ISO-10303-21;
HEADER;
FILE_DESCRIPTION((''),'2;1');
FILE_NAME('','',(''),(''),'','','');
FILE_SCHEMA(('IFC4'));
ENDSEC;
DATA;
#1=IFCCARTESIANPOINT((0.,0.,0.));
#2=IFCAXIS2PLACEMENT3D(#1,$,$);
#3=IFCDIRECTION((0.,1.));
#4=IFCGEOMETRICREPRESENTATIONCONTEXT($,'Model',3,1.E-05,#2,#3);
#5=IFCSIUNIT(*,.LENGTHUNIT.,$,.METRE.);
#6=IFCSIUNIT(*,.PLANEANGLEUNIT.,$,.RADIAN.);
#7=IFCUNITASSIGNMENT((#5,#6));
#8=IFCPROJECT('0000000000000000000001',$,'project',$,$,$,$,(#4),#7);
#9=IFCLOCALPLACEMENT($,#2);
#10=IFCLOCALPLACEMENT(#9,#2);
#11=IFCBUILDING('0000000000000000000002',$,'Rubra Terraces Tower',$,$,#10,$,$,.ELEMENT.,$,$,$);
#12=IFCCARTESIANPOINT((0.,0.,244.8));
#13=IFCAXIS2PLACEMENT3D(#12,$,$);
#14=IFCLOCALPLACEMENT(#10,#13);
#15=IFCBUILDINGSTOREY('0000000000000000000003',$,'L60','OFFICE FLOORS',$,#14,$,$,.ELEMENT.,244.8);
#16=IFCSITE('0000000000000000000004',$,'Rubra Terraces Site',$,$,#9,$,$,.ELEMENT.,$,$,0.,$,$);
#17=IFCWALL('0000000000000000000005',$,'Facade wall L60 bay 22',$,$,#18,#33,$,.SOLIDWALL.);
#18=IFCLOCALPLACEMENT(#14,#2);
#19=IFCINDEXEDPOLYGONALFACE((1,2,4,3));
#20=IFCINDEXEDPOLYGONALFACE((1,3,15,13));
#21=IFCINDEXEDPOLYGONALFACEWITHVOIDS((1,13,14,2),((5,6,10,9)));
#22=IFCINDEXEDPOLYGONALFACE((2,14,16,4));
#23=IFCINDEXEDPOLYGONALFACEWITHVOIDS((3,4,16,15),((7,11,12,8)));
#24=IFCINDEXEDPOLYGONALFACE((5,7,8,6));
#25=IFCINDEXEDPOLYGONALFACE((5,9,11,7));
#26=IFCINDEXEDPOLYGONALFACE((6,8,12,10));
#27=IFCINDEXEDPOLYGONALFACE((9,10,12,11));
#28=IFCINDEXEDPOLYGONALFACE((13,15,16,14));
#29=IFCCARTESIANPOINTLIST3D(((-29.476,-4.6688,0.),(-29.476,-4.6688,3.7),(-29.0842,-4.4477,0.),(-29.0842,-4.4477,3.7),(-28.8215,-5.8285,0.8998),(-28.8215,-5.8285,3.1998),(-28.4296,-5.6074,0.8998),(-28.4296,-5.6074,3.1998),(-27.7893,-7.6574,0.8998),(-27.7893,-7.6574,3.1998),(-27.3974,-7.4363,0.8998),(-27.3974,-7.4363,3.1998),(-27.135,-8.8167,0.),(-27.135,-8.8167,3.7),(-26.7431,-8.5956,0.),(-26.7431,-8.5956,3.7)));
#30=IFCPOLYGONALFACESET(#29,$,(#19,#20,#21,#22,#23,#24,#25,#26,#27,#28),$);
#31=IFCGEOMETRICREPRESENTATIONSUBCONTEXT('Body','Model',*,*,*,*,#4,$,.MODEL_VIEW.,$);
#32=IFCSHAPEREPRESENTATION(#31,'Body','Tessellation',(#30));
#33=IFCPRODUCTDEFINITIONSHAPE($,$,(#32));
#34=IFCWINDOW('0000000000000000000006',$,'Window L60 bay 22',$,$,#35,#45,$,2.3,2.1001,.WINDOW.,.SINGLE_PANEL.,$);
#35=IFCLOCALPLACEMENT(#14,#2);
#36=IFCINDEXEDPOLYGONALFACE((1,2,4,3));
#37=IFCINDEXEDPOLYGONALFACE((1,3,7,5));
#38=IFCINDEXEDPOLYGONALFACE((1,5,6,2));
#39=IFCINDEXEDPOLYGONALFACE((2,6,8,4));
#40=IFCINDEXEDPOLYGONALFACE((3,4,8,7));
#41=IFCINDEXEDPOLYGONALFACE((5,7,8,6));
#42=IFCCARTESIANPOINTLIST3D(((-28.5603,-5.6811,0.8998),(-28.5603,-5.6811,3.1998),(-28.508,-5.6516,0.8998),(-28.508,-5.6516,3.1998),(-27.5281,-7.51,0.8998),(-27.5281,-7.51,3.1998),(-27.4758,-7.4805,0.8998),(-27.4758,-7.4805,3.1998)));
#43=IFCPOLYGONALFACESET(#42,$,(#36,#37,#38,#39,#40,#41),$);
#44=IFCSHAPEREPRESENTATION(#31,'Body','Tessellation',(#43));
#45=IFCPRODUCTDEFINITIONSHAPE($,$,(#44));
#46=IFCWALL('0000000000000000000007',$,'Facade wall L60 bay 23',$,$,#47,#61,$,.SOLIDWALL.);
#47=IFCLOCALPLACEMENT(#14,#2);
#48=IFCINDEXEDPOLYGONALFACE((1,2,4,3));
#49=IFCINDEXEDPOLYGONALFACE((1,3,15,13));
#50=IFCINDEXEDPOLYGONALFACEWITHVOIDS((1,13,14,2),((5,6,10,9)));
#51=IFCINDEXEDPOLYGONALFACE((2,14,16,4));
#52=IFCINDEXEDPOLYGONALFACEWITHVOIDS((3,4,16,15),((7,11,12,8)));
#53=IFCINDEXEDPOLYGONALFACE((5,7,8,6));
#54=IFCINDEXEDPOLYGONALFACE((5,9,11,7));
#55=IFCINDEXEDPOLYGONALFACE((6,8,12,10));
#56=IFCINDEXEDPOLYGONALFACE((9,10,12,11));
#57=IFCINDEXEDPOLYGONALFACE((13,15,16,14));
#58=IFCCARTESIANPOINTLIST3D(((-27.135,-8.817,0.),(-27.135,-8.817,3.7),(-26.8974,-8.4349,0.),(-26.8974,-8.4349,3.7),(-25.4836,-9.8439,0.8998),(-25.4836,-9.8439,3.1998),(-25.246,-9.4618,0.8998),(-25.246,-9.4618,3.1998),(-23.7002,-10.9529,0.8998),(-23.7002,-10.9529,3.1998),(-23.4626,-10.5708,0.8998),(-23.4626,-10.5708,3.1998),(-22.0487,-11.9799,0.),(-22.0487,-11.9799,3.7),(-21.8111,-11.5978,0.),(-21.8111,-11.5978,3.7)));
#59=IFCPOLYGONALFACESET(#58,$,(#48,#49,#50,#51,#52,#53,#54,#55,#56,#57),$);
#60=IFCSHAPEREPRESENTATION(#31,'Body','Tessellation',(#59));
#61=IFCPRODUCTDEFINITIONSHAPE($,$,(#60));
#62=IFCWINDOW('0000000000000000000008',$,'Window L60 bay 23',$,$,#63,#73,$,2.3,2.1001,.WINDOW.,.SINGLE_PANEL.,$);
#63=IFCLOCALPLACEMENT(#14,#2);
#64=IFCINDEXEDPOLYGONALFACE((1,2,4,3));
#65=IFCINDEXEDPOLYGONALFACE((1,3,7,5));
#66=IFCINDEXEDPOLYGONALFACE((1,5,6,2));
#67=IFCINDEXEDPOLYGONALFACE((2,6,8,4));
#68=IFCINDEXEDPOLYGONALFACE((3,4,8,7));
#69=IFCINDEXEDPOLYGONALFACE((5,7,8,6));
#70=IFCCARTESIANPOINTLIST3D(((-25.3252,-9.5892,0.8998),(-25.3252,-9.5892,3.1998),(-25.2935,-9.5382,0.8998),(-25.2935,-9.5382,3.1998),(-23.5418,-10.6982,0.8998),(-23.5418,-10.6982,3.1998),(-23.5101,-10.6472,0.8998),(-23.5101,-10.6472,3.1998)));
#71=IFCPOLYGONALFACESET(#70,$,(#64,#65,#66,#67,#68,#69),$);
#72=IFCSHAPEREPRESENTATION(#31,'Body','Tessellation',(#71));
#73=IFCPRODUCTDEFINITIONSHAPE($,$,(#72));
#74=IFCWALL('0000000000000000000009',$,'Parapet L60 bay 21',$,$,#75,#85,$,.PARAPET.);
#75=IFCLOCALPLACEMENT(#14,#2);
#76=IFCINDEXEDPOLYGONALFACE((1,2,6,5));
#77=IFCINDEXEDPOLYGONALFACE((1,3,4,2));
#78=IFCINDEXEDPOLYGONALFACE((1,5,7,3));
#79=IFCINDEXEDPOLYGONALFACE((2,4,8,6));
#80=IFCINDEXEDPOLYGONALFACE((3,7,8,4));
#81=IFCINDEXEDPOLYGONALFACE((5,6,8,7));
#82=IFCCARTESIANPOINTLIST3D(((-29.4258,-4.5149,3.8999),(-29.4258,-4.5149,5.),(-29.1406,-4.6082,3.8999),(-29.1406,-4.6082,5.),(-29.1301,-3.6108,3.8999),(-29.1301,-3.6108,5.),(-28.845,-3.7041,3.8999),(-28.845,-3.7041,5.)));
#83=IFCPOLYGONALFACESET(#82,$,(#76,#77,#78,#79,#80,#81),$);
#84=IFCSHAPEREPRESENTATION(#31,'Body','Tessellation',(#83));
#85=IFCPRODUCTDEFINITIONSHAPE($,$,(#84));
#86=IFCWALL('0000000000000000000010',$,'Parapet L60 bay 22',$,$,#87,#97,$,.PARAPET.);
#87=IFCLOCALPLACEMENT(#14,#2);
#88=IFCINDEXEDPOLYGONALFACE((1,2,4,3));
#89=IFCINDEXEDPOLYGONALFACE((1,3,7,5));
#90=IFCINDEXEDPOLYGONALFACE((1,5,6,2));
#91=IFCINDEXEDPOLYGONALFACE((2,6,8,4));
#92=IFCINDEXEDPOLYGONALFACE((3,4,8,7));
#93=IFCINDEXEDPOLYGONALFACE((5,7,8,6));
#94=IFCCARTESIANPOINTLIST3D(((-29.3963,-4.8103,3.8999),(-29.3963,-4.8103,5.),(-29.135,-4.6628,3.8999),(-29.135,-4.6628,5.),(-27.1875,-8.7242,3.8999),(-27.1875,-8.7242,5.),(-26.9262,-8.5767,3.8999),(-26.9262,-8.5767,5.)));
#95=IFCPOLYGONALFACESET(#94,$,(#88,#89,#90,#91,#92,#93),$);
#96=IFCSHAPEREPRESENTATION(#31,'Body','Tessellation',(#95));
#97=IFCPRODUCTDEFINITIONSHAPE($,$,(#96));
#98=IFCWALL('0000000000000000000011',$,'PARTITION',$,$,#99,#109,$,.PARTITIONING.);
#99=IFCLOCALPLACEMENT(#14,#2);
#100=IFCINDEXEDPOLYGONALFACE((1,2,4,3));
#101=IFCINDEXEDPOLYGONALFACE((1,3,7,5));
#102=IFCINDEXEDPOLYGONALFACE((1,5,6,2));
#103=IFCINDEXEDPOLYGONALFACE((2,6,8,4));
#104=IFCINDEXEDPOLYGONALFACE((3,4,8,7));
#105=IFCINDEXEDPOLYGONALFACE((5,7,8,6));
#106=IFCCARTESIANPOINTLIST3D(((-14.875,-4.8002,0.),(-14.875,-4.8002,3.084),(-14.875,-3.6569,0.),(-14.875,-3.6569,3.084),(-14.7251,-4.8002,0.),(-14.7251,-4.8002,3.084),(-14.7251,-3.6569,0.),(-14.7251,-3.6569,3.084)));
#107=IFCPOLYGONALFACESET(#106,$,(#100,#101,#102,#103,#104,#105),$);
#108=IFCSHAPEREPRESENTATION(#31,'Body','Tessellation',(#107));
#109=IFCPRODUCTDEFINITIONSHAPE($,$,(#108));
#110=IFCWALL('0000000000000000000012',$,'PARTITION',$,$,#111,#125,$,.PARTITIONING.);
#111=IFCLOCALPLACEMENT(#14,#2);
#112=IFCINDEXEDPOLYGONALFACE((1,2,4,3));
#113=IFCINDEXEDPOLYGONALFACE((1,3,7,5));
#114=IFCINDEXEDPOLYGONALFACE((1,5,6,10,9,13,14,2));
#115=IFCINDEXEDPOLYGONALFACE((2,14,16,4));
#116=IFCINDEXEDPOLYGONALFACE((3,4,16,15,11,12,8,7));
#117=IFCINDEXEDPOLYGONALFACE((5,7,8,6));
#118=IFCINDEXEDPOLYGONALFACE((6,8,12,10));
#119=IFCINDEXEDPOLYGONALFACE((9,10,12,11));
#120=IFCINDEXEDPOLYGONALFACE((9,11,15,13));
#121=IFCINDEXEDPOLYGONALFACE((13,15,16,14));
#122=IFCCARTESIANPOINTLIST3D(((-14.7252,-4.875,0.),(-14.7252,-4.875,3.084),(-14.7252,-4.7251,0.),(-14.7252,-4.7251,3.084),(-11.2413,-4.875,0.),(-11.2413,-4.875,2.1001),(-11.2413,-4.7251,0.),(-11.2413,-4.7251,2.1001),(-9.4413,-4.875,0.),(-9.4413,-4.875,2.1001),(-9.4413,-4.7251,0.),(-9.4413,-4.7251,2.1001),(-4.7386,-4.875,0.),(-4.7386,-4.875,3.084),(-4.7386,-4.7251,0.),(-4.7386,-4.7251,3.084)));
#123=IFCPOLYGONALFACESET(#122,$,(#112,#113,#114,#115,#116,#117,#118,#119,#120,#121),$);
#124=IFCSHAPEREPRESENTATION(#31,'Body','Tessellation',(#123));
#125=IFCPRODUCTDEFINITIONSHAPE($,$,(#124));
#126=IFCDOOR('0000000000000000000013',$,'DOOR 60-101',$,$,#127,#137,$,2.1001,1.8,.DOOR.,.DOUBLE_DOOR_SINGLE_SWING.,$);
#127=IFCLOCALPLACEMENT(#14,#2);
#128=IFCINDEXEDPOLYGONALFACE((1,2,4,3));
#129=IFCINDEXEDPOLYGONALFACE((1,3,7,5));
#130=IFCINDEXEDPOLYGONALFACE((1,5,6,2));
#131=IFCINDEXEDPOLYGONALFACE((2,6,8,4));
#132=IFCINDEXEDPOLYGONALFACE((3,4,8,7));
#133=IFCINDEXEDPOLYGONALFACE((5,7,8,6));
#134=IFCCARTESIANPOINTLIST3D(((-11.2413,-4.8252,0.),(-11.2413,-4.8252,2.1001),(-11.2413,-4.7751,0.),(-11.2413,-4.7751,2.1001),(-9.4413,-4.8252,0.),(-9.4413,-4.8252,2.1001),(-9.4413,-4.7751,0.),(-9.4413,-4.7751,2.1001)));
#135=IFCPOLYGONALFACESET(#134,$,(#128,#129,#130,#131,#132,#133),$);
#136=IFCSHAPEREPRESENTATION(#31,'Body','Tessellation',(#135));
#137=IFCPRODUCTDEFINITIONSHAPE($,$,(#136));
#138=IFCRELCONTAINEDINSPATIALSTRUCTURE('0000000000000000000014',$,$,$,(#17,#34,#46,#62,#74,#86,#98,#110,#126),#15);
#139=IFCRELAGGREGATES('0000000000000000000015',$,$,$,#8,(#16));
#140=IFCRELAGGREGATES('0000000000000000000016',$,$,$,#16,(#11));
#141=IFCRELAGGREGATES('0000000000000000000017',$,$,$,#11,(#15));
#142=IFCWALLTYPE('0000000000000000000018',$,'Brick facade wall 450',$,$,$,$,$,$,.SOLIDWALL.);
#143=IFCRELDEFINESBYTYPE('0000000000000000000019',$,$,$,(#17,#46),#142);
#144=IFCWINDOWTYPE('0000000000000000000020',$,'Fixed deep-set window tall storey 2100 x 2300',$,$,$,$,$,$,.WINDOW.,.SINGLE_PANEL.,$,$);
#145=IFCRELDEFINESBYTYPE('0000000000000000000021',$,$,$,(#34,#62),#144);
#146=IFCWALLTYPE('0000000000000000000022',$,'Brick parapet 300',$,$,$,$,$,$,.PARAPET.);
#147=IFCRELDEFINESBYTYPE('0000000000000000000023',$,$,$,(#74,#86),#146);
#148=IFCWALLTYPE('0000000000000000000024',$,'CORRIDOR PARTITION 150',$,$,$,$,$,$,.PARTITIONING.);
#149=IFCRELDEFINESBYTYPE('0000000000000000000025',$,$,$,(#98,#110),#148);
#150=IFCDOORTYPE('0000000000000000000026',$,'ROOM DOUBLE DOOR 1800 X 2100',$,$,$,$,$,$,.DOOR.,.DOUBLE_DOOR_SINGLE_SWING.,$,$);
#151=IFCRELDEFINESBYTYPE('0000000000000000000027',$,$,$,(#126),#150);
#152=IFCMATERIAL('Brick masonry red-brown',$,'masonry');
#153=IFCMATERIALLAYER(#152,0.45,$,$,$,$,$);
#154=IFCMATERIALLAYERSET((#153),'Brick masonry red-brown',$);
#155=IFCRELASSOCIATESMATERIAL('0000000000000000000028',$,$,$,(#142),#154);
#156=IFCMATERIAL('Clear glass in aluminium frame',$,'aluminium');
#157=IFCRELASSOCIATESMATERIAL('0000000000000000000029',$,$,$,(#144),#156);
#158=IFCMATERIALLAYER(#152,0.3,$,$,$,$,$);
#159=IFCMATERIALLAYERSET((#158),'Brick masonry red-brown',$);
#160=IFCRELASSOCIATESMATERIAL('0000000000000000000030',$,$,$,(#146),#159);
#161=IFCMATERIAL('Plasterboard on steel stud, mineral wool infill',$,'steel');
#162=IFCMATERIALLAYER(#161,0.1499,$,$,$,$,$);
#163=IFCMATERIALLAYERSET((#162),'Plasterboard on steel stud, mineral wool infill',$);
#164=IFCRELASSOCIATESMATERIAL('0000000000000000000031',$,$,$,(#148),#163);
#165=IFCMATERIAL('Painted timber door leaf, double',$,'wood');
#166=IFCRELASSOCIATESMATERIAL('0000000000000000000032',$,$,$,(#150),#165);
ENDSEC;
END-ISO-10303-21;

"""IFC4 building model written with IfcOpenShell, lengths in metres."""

from ifc_helpers import new_model, si_unit, direction, frame, frame_2d, origin, place, context, subcontext, project, spatial, rectangle, extrude, material, layer, layer_set, type_object, element, fill, save


model = new_model("IFC4")

# Units and contexts
model_context = context("Model", 3, precision=1e-05, world=origin(), true_north=direction((0.0, 1.0)))
body_context = subcontext(model_context, "Body", "Model", "MODEL_VIEW")
ifc_project = project(units=[si_unit("LENGTHUNIT", "METRE"), si_unit("PLANEANGLEUNIT", "RADIAN")], contexts=[model_context])

# Site, building, storey
site_placement = place(None, origin())
site = spatial("IfcSite", under=ifc_project, at=site_placement, Name="Rubra Terraces Site", CompositionType="ELEMENT", RefElevation=0.0)
building_placement = place(site_placement, origin())
building = spatial("IfcBuilding", under=site, at=building_placement, Name="Rubra Terraces Tower", CompositionType="ELEMENT")
storey_placement = place(building_placement, frame((0.0, 0.0, 244.8)))
storey = spatial("IfcBuildingStorey", under=building, at=storey_placement, Name="L60", Description="OFFICE FLOORS", CompositionType="ELEMENT", Elevation=244.8)

# Walls, openings, windows
ifc_material_1 = material(Name="Brick masonry red-brown", Category="masonry")
ifc_layer_1 = layer(ifc_material_1, 0.45)
ifc_layer_set_1 = layer_set([ifc_layer_1], Name="Brick masonry red-brown")
wall_type_1 = type_object("IfcWallType", Name="Brick facade wall 450", PredefinedType="SOLIDWALL", material=ifc_layer_set_1)
ifc_material_2 = material(Name="Clear glass in aluminium frame", Category="aluminium")
wall_1_placement = place(storey_placement, frame((-29.28, -4.5583, 0.0), z_axis=(0.0, 0.0, 1.0), x_axis=(0.491512, -0.870871, 0.0)))
wall_1 = element("IfcWall", 1, at=wall_1_placement, inside=storey, type_object=wall_type_1, Name="Facade wall L60 bay 22", PredefinedType="SOLIDWALL", context=body_context, shape_type="SweptSolid", body=[
    extrude(rectangle(XDim=4.7629, YDim=0.45, at=frame_2d((2.3813, 0.0))), origin(), (0.0, 0.0, 1.0), 3.7),
])
opening_1_placement = place(wall_1_placement, frame((1.3315, 0.0, 0.8999)))
opening_1 = element("IfcOpeningElement", 2, at=opening_1_placement, cuts=wall_1, PredefinedType="OPENING", context=body_context, shape_type="SweptSolid", body=[
    extrude(rectangle(XDim=2.1001, YDim=2.3, at=frame_2d((1.05, 1.1499))), frame((0.0, 0.2349, 0.0), z_axis=(0.0, -1.0, 0.0), x_axis=(1.0, 0.0, 0.0)), (0.0, 0.0, 1.0), 0.47),
])
window_type_1 = type_object("IfcWindowType", Name="Fixed deep-set window tall storey 2100 x 2300", PartitioningType="SINGLE_PANEL", PredefinedType="WINDOW", material=ifc_material_2)
window_1_placement = place(opening_1_placement, origin())
window_1 = element("IfcWindow", 3, at=window_1_placement, inside=storey, type_object=window_type_1, Name="Window L60 bay 22", OverallHeight=2.3, OverallWidth=2.1001, PartitioningType="SINGLE_PANEL", PredefinedType="WINDOW", context=body_context, shape_type="SweptSolid", body=[
    extrude(rectangle(XDim=2.1001, YDim=2.3, at=frame_2d((1.05, 1.1499))), frame((0.0, 0.135, 0.0), z_axis=(0.0, -1.0, 0.0), x_axis=(1.0, 0.0, 0.0)), (0.0, 0.0, 1.0), 0.0601),
])
fill(opening_1, window_1)
wall_2_placement = place(storey_placement, frame((-27.0161, -8.626, 0.0), z_axis=(0.0, 0.0, 1.0), x_axis=(0.849198, -0.528074, 0.0)))
wall_2 = element("IfcWall", 4, at=wall_2_placement, inside=storey, type_object=wall_type_1, Name="Facade wall L60 bay 23", PredefinedType="SOLIDWALL", context=body_context, shape_type="SweptSolid", body=[
    extrude(rectangle(XDim=5.9895, YDim=0.45, at=frame_2d((2.9946, 0.0))), origin(), (0.0, 0.0, 1.0), 3.7),
])
opening_2_placement = place(wall_2_placement, frame((1.9446, 0.0, 0.8999)))
opening_2 = element("IfcOpeningElement", 5, at=opening_2_placement, cuts=wall_2, PredefinedType="OPENING", context=body_context, shape_type="SweptSolid", body=[
    extrude(rectangle(XDim=2.1001, YDim=2.3, at=frame_2d((1.05, 1.1499))), frame((0.0, 0.2349, 0.0), z_axis=(0.0, -1.0, 0.0), x_axis=(1.0, 0.0, 0.0)), (0.0, 0.0, 1.0), 0.47),
])
window_2_placement = place(opening_2_placement, origin())
window_2 = element("IfcWindow", 6, at=window_2_placement, inside=storey, type_object=window_type_1, Name="Window L60 bay 23", OverallHeight=2.3, OverallWidth=2.1001, PartitioningType="SINGLE_PANEL", PredefinedType="WINDOW", context=body_context, shape_type="SweptSolid", body=[
    extrude(rectangle(XDim=2.1001, YDim=2.3, at=frame_2d((1.05, 1.1499))), frame((0.0, 0.135, 0.0), z_axis=(0.0, -1.0, 0.0), x_axis=(1.0, 0.0, 0.0)), (0.0, 0.0, 1.0), 0.0601),
])
fill(opening_2, window_2)

# Walls
ifc_layer_2 = layer(ifc_material_1, 0.3)
ifc_layer_set_2 = layer_set([ifc_layer_2], Name="Brick masonry red-brown")
wall_type_2 = type_object("IfcWallType", Name="Brick parapet 300", PredefinedType="PARAPET", material=ifc_layer_set_2)
wall_3_placement = place(storey_placement, frame((-28.9875, -3.6575, 3.8999), z_axis=(0.0, 0.0, 1.0), x_axis=(-0.310833, -0.950465, 0.0)))
element("IfcWall", 7, at=wall_3_placement, inside=storey, type_object=wall_type_2, Name="Parapet L60 bay 21", PredefinedType="PARAPET", context=body_context, shape_type="SweptSolid", body=[
    extrude(rectangle(XDim=0.9512, YDim=0.3, at=frame_2d((0.4756, 0.0))), origin(), (0.0, 0.0, 1.0), 1.1001),
])
wall_4_placement = place(storey_placement, frame((-29.2656, -4.7366, 3.8999), z_axis=(0.0, 0.0, 1.0), x_axis=(0.491481, -0.870888, 0.0)))
element("IfcWall", 8, at=wall_4_placement, inside=storey, type_object=wall_type_2, Name="Parapet L60 bay 22", PredefinedType="PARAPET", context=body_context, shape_type="SweptSolid", body=[
    extrude(rectangle(XDim=4.4941, YDim=0.3, at=frame_2d((2.2471, 0.0))), origin(), (0.0, 0.0, 1.0), 1.1001),
])
ifc_material_3 = material(Name="Plasterboard on steel stud, mineral wool infill", Category="steel")
ifc_layer_3 = layer(ifc_material_3, 0.1499)
ifc_layer_set_3 = layer_set([ifc_layer_3], Name="Plasterboard on steel stud, mineral wool infill")
wall_type_3 = type_object("IfcWallType", Name="CORRIDOR PARTITION 150", PredefinedType="PARTITIONING", material=ifc_layer_set_3)
wall_5_placement = place(storey_placement, frame((-14.8, -3.6567, 0.0), z_axis=(0.0, 0.0, 1.0), x_axis=(0.0, -1.0, 0.0)))
element("IfcWall", 9, at=wall_5_placement, inside=storey, type_object=wall_type_3, Name="PARTITION", PredefinedType="PARTITIONING", context=body_context, shape_type="SweptSolid", body=[
    extrude(rectangle(XDim=1.1433, YDim=0.1499, at=frame_2d((0.5718, 0.0))), origin(), (0.0, 0.0, 1.0), 3.084),
])

# Wall, opening, door
wall_6_placement = place(storey_placement, frame((-14.7251, -4.8, 0.0), z_axis=(0.0, 0.0, 1.0), x_axis=(1.0, 0.0, 0.0)))
wall_6 = element("IfcWall", 10, at=wall_6_placement, inside=storey, type_object=wall_type_3, Name="PARTITION", PredefinedType="PARTITIONING", context=body_context, shape_type="SweptSolid", body=[
    extrude(rectangle(XDim=9.9866, YDim=0.1499, at=frame_2d((4.9932, 0.0))), origin(), (0.0, 0.0, 1.0), 3.084),
])
opening_3_placement = place(wall_6_placement, frame((3.4839, 0.0, 0.0)))
opening_3 = element("IfcOpeningElement", 11, at=opening_3_placement, cuts=wall_6, PredefinedType="OPENING", context=body_context, shape_type="SweptSolid", body=[
    extrude(rectangle(XDim=1.8, YDim=2.1001, at=frame_2d((0.8999, 1.05))), frame((0.0, 0.085, 0.0), z_axis=(0.0, -1.0, 0.0), x_axis=(1.0, 0.0, 0.0)), (0.0, 0.0, 1.0), 0.1699),
])
ifc_material_4 = material(Name="Painted timber door leaf, double", Category="wood")
door_type_1 = type_object("IfcDoorType", Name="ROOM DOUBLE DOOR 1800 X 2100", OperationType="DOUBLE_DOOR_SINGLE_SWING", PredefinedType="DOOR", material=ifc_material_4)
door_1_placement = place(opening_3_placement, origin())
door_1 = element("IfcDoor", 12, at=door_1_placement, inside=storey, type_object=door_type_1, Name="DOOR 60-101", OperationType="DOUBLE_DOOR_SINGLE_SWING", OverallHeight=2.1001, OverallWidth=1.8, PredefinedType="DOOR", context=body_context, shape_type="SweptSolid", body=[
    extrude(rectangle(XDim=1.8, YDim=2.1001, at=frame_2d((0.8999, 1.05))), frame((0.0, 0.0249, 0.0), z_axis=(0.0, -1.0, 0.0), x_axis=(1.0, 0.0, 0.0)), (0.0, 0.0, 1.0), 0.05),
])
fill(opening_3, door_1)

save(model, "model.ifc")
